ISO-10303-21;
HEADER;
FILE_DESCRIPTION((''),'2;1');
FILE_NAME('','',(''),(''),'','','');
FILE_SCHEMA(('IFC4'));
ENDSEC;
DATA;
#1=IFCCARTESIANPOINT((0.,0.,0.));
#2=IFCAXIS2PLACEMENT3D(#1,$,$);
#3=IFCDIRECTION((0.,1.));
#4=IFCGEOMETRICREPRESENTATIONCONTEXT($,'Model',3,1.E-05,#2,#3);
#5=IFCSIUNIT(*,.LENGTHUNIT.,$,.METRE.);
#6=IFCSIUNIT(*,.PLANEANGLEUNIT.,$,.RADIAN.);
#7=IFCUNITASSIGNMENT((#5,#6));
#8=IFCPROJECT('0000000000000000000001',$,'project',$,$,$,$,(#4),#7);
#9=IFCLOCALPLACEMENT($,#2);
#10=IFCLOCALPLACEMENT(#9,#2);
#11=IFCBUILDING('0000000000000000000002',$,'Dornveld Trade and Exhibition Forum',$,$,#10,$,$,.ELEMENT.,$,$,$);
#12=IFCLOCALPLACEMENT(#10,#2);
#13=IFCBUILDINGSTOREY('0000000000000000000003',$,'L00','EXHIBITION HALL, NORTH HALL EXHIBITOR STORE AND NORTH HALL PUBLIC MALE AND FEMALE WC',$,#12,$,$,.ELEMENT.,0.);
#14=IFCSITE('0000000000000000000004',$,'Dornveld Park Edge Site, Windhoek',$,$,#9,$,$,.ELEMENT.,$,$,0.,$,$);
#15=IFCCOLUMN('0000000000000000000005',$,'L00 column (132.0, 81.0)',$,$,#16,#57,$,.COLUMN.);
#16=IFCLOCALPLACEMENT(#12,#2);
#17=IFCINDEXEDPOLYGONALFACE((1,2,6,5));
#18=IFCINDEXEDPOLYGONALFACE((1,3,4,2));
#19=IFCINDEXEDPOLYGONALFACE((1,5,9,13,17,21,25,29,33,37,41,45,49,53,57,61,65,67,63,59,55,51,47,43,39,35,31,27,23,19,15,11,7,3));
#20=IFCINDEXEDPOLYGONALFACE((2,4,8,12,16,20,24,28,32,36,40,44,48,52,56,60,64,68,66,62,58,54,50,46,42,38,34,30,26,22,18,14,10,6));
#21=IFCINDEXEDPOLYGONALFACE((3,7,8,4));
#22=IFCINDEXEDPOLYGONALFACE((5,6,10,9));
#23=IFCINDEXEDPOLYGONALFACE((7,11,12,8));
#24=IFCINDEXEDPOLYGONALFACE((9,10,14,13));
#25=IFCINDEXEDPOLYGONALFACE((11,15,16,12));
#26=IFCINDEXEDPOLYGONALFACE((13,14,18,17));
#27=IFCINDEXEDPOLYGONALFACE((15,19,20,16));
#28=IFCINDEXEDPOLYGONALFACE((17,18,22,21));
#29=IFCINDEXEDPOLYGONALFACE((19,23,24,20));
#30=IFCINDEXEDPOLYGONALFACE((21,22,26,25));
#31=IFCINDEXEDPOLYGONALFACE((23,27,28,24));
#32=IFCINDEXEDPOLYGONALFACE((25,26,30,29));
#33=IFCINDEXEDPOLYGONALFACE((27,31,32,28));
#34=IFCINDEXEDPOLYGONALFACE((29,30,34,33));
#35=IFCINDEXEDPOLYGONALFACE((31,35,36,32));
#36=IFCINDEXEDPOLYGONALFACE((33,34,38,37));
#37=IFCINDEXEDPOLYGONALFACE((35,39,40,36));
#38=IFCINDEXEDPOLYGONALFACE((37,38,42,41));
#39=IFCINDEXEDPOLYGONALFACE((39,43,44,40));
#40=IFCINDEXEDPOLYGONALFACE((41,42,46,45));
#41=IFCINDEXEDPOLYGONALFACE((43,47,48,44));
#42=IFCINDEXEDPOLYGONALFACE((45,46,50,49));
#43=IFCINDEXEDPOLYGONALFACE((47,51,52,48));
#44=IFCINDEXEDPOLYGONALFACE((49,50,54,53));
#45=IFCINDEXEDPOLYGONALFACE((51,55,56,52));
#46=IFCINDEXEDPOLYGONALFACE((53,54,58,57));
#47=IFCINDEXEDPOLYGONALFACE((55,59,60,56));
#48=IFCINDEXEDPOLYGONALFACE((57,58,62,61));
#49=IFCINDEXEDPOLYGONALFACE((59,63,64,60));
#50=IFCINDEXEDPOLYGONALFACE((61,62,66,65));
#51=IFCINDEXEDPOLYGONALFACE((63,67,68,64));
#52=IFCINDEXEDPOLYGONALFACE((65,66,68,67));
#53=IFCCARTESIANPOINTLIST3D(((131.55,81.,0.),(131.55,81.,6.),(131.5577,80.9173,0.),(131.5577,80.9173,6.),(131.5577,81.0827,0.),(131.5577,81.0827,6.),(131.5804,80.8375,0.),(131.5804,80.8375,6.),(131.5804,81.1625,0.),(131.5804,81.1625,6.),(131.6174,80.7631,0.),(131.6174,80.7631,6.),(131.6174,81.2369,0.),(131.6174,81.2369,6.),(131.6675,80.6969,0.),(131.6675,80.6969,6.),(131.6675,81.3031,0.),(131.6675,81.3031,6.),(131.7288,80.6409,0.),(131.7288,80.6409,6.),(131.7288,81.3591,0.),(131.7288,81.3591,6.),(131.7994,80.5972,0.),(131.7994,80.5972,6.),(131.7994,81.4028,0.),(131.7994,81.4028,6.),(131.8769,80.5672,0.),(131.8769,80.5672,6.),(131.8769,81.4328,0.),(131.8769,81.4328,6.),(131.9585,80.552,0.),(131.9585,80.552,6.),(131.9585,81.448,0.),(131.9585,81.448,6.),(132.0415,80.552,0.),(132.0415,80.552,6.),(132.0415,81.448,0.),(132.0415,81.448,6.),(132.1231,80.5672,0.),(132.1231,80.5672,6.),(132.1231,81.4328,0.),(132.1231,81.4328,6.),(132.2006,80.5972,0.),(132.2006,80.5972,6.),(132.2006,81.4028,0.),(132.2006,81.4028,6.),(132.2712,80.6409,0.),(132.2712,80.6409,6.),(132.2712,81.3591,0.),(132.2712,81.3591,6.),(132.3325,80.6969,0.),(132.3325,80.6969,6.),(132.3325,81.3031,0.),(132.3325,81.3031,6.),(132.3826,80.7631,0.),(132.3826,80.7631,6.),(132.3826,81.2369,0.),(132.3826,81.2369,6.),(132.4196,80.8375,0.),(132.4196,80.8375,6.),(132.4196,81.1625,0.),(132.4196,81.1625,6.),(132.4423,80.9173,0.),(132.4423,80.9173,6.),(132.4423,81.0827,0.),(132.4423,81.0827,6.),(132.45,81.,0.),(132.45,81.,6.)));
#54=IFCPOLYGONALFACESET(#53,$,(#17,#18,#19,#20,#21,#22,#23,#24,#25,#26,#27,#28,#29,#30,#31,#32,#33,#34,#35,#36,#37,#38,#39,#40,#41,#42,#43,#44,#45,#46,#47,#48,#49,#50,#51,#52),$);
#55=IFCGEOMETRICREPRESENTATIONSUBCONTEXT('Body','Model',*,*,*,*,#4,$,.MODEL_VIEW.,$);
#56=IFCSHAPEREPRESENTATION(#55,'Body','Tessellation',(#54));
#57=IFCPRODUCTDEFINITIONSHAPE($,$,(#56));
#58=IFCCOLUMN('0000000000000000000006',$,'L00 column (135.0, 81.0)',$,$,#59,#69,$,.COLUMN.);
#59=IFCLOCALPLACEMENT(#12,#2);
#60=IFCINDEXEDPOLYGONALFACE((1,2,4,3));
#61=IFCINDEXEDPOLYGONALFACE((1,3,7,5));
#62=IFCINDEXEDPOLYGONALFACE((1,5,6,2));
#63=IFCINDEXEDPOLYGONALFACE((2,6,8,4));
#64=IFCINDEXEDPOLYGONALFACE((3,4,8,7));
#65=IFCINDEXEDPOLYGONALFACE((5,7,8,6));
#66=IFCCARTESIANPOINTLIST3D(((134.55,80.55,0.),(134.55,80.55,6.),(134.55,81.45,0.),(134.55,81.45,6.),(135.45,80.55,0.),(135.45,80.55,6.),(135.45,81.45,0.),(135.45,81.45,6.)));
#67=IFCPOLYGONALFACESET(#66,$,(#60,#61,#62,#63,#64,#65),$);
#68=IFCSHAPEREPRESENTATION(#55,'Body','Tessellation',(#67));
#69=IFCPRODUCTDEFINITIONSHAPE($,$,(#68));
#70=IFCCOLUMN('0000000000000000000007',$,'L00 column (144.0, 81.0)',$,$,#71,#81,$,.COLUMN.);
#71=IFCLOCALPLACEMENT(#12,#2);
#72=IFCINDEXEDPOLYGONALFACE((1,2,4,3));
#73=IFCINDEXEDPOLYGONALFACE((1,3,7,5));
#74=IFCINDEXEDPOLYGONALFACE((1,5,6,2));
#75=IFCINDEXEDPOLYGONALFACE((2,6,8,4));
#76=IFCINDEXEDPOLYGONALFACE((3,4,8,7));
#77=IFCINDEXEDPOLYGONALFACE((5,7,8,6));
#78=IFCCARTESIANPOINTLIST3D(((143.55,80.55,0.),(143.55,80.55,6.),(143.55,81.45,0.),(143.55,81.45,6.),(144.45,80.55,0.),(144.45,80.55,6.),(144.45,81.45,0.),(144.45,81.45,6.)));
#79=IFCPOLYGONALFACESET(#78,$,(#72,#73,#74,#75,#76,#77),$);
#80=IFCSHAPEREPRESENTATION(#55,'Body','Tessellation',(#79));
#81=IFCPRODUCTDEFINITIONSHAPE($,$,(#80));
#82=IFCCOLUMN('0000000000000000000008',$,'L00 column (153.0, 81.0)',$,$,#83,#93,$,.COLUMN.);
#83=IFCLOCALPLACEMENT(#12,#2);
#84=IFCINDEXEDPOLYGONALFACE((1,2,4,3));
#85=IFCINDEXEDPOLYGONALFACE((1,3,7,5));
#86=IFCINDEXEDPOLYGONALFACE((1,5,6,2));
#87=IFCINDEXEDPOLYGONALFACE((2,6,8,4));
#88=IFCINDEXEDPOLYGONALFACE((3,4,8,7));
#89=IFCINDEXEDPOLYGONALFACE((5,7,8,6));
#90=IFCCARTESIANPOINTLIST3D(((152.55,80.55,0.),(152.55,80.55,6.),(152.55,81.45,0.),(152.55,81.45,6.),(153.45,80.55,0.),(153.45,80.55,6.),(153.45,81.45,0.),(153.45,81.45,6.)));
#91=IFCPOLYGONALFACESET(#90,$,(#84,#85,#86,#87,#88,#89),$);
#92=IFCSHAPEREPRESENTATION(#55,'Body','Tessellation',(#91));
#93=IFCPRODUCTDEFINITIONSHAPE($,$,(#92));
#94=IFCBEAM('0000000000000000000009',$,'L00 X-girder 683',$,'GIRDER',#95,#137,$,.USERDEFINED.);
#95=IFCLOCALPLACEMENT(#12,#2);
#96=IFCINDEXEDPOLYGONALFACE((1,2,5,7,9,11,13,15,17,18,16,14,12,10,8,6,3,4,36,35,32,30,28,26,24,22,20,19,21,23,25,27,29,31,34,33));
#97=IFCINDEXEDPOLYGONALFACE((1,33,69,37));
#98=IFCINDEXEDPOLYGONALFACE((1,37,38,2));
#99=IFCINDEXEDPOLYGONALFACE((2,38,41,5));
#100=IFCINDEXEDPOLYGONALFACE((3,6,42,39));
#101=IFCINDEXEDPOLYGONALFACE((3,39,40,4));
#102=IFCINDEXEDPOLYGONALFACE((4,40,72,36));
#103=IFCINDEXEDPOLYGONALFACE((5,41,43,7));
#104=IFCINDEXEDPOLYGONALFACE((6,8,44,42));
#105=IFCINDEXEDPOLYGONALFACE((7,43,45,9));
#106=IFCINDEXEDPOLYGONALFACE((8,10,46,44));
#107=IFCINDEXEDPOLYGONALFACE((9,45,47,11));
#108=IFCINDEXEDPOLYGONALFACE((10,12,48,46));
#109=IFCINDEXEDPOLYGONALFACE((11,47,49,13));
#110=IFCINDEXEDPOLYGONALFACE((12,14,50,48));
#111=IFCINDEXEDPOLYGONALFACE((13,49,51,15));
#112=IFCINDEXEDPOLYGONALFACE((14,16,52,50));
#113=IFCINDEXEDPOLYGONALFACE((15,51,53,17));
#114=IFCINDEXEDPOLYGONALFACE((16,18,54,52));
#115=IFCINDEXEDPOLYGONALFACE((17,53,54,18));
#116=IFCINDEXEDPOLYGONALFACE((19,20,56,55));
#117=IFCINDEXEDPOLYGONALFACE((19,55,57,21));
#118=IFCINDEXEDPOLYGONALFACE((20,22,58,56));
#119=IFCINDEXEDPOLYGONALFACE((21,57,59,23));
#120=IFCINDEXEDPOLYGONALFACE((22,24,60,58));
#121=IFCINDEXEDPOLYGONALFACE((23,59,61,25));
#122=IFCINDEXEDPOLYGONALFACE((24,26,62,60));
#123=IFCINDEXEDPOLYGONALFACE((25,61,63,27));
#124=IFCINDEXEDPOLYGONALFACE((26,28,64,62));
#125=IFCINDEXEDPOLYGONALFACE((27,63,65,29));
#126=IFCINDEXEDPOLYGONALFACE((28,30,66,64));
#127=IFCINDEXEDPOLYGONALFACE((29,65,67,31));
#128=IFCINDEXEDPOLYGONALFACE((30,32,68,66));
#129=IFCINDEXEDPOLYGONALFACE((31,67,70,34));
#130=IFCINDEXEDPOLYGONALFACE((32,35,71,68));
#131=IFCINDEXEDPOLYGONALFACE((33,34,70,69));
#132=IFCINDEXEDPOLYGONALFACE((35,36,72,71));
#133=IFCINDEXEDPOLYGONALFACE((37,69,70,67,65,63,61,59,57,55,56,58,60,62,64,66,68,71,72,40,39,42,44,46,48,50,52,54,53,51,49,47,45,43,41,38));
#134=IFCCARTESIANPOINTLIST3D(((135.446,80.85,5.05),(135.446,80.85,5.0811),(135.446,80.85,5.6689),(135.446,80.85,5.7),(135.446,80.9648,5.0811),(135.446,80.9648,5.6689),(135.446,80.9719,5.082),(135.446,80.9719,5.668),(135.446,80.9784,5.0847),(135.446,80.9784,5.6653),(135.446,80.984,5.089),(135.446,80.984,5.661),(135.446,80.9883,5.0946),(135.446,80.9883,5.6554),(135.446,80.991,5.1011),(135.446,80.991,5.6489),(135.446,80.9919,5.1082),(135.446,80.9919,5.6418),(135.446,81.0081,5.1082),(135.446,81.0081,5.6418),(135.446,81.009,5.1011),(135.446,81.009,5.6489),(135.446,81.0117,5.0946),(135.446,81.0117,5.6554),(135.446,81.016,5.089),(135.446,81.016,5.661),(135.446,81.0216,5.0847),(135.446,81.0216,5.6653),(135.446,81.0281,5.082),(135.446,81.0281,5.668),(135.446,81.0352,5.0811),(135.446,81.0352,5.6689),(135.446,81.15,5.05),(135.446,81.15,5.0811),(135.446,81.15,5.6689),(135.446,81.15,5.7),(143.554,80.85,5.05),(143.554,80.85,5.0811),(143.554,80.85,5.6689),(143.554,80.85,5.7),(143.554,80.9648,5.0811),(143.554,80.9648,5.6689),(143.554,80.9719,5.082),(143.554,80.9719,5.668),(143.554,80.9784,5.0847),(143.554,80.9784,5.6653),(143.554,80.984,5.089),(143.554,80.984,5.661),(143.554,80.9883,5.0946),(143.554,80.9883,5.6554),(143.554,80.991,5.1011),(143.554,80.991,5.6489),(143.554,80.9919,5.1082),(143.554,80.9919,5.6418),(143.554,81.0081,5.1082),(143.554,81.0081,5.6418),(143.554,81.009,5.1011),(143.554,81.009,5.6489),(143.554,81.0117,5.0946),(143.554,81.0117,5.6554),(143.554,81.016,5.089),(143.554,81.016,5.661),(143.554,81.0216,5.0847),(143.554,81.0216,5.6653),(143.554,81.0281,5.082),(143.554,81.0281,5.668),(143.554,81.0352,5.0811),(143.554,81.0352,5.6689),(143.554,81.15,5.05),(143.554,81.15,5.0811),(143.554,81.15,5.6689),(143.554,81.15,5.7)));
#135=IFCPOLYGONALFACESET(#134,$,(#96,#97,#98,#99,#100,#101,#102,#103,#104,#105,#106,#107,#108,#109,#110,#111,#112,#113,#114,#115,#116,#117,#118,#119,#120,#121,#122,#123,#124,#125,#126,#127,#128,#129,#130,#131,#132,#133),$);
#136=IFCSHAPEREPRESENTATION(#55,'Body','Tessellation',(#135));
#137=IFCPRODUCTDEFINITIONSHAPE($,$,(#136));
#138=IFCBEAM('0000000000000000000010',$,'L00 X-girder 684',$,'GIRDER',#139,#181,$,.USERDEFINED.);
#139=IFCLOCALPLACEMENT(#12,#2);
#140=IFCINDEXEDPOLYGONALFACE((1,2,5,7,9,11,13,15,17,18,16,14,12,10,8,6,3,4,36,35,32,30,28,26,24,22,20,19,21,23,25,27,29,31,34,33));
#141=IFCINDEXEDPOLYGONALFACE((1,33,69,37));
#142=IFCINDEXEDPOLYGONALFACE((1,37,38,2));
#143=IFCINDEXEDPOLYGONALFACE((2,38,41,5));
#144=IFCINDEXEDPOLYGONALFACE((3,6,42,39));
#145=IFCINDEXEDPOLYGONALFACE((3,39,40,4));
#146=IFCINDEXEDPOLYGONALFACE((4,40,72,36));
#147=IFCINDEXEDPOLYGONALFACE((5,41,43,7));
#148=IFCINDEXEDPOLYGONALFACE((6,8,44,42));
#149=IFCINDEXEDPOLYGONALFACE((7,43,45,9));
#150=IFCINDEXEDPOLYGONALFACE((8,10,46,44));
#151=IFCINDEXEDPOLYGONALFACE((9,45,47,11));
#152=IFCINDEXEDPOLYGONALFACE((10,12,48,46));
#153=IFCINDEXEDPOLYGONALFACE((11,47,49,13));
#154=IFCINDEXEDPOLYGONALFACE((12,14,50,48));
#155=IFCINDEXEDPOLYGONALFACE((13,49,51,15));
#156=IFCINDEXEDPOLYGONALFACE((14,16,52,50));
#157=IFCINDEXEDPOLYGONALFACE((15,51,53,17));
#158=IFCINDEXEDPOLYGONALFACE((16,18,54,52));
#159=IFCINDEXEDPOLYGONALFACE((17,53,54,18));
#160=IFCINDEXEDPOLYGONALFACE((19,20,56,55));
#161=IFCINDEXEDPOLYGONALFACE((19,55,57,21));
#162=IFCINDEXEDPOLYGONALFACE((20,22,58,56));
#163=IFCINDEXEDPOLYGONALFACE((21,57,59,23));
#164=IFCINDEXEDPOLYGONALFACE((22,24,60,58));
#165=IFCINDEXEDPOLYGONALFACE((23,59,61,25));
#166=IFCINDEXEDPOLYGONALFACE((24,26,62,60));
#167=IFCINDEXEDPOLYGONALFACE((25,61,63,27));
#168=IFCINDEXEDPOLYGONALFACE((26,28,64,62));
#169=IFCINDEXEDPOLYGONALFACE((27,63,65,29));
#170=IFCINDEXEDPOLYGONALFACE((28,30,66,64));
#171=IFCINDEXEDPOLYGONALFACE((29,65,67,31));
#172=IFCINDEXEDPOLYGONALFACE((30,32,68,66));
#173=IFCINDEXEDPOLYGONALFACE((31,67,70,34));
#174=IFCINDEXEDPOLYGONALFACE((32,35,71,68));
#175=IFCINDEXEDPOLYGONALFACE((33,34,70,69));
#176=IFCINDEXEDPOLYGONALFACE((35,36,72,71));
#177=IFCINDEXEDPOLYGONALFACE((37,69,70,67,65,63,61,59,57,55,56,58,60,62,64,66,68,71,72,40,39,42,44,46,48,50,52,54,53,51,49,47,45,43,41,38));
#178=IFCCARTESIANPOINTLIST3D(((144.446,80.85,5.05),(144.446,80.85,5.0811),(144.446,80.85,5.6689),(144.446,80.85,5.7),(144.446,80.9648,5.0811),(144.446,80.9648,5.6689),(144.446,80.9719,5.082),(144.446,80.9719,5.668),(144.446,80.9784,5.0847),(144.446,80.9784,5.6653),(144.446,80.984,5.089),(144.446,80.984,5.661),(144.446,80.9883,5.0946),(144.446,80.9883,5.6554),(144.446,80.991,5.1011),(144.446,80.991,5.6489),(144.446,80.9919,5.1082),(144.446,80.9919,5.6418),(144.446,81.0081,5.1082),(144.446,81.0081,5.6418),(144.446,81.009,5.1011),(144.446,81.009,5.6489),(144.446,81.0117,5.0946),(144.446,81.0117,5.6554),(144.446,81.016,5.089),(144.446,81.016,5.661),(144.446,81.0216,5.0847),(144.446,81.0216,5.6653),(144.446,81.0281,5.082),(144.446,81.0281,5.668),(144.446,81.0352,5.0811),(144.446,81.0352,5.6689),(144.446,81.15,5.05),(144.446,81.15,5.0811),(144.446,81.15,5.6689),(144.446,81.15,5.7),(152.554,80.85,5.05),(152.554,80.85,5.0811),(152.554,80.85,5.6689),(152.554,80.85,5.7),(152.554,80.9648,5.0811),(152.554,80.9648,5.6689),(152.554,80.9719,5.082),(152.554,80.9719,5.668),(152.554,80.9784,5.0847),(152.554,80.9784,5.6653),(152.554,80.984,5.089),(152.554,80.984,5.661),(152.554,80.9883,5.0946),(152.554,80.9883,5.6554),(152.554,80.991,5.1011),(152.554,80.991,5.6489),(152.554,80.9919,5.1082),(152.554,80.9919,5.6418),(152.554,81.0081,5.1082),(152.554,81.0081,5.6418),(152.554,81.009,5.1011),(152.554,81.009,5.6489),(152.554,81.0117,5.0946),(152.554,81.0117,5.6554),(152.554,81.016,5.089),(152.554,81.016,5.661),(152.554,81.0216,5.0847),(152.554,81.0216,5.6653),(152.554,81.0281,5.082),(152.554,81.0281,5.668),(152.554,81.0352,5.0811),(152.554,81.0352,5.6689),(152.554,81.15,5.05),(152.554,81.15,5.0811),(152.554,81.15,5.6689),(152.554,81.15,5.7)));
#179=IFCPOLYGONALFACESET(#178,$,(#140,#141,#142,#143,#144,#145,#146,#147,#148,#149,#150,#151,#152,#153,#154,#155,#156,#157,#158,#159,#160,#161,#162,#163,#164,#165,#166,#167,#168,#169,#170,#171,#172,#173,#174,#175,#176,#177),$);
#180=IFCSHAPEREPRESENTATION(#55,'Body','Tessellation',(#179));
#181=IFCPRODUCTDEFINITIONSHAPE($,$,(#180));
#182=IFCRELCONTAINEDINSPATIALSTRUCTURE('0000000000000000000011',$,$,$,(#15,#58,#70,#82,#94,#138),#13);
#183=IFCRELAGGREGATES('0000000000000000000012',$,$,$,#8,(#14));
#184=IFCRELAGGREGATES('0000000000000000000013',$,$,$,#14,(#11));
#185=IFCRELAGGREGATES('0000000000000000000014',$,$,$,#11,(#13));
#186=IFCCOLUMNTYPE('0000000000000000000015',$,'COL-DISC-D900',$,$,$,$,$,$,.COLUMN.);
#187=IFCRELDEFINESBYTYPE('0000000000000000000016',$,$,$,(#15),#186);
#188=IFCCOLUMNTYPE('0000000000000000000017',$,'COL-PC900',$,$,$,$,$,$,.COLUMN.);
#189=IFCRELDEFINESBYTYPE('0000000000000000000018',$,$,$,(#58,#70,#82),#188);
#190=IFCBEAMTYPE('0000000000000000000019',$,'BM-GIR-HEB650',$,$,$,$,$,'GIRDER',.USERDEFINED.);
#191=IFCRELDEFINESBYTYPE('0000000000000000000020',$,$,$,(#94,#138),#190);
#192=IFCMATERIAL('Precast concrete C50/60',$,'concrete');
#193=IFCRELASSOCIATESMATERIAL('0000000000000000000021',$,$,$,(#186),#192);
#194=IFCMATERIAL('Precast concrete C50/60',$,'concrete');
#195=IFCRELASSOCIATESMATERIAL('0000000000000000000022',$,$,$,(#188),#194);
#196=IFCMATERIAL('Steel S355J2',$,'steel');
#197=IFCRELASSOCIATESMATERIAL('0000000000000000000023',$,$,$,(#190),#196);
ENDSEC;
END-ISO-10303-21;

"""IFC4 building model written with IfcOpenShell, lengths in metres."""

from ifc_helpers import new_model, si_unit, direction, frame, origin, origin_2d, place, context, subcontext, project, spatial, rectangle, circle, i_section, extrude, material, material_profile, profile_set, type_object, element, save


model = new_model("IFC4")

# Units and contexts
model_context = context("Model", 3, precision=1e-05, world=origin(), true_north=direction((0.0, 1.0)))
body_context = subcontext(model_context, "Body", "Model", "MODEL_VIEW")
ifc_project = project(units=[si_unit("LENGTHUNIT", "METRE"), si_unit("PLANEANGLEUNIT", "RADIAN")], contexts=[model_context])

# Site, building, storey
site_placement = place(None, origin())
site = spatial("IfcSite", under=ifc_project, at=site_placement, Name="Dornveld Park Edge Site, Windhoek", CompositionType="ELEMENT", RefElevation=0.0)
building_placement = place(site_placement, origin())
building = spatial("IfcBuilding", under=site, at=building_placement, Name="Dornveld Trade and Exhibition Forum", CompositionType="ELEMENT")
storey_placement = place(building_placement, origin())
storey = spatial("IfcBuildingStorey", under=building, at=storey_placement, Name="L00", Description="EXHIBITION HALL, NORTH HALL EXHIBITOR STORE AND NORTH HALL PUBLIC MALE AND FEMALE WC", CompositionType="ELEMENT", Elevation=0.0)

# Columns
ifc_material_1 = material(Name="Precast concrete C50/60", Category="concrete")
ifc_material_profile_1 = material_profile(ifc_material_1, circle(Radius=0.45, at=origin_2d()), Name="PC-COL D900")
ifc_profile_set_1 = profile_set([ifc_material_profile_1], Name="Precast concrete C50/60")
column_type_1 = type_object("IfcColumnType", Name="COL-DISC-D900", PredefinedType="COLUMN", material=ifc_profile_set_1)
column_placement = place(storey_placement, frame((132.0, 81.0, 0.0), z_axis=(0.0, 0.0, 1.0), x_axis=(1.0, 0.0, 0.0)))
element("IfcColumn", 1, at=column_placement, inside=storey, type_object=column_type_1, Name="L00 column (132.0, 81.0)", PredefinedType="COLUMN", context=body_context, shape_type="SweptSolid", body=[
    extrude(circle(Radius=0.45, at=origin_2d()), origin(), (0.0, 0.0, 1.0), 6.0),
])
ifc_material_2 = material(Name="Precast concrete C50/60", Category="concrete")
ifc_material_profile_2 = material_profile(ifc_material_2, rectangle(XDim=0.8999, YDim=0.8999, at=origin_2d()), Name="PC-COL 900x900")
ifc_profile_set_2 = profile_set([ifc_material_profile_2], Name="Precast concrete C50/60")
column_type_2 = type_object("IfcColumnType", Name="COL-PC900", PredefinedType="COLUMN", material=ifc_profile_set_2)
for number, where, z_axis, x_axis, name in (
    (2, (135.0, 81.0, 0.0), (0.0, 0.0, 1.0), (1.0, 0.0, 0.0), "L00 column (135.0, 81.0)"),
    (3, (144.0, 81.0, 0.0), (0.0, 0.0, 1.0), (1.0, 0.0, 0.0), "L00 column (144.0, 81.0)"),
    (4, (153.0, 81.0, 0.0), (0.0, 0.0, 1.0), (1.0, 0.0, 0.0), "L00 column (153.0, 81.0)"),
):
    element("IfcColumn", number, at=place(storey_placement, frame(where, z_axis=z_axis, x_axis=x_axis)), inside=storey, type_object=column_type_2, Name=name, PredefinedType="COLUMN", context=body_context, shape_type="SweptSolid", body=[
        extrude(rectangle(XDim=0.8999, YDim=0.8999, at=origin_2d()), origin(), (0.0, 0.0, 1.0), 6.0),
    ])

# Beams
ifc_material_3 = material(Name="Steel S355J2", Category="steel")
ifc_material_profile_3 = material_profile(ifc_material_3, i_section(OverallWidth=0.3, OverallDepth=0.6499, WebThickness=0.0161, FlangeThickness=0.031, FilletRadius=0.0271, at=origin_2d()), Name="HEB 650")
ifc_profile_set_3 = profile_set([ifc_material_profile_3], Name="Steel S355J2")
beam_type_1 = type_object("IfcBeamType", Name="BM-GIR-HEB650", ElementType="GIRDER", PredefinedType="USERDEFINED", material=ifc_profile_set_3)
for number, where, z_axis, x_axis, name in (
    (5, (135.446, 81.0, 5.375), (1.0, 0.0, 0.0), (0.0, 1.0, 0.0), "L00 X-girder 683"),
    (6, (144.446, 81.0, 5.375), (1.0, 0.0, 0.0), (0.0, 1.0, 0.0), "L00 X-girder 684"),
):
    element("IfcBeam", number, at=place(storey_placement, frame(where, z_axis=z_axis, x_axis=x_axis)), inside=storey, type_object=beam_type_1, Name=name, ObjectType="GIRDER", PredefinedType="USERDEFINED", context=body_context, shape_type="SweptSolid", body=[
        extrude(i_section(OverallWidth=0.3, OverallDepth=0.6499, WebThickness=0.0161, FlangeThickness=0.031, FilletRadius=0.0271, at=origin_2d()), origin(), (0.0, 0.0, 1.0), 8.1079),
    ])

save(model, "model.ifc")
